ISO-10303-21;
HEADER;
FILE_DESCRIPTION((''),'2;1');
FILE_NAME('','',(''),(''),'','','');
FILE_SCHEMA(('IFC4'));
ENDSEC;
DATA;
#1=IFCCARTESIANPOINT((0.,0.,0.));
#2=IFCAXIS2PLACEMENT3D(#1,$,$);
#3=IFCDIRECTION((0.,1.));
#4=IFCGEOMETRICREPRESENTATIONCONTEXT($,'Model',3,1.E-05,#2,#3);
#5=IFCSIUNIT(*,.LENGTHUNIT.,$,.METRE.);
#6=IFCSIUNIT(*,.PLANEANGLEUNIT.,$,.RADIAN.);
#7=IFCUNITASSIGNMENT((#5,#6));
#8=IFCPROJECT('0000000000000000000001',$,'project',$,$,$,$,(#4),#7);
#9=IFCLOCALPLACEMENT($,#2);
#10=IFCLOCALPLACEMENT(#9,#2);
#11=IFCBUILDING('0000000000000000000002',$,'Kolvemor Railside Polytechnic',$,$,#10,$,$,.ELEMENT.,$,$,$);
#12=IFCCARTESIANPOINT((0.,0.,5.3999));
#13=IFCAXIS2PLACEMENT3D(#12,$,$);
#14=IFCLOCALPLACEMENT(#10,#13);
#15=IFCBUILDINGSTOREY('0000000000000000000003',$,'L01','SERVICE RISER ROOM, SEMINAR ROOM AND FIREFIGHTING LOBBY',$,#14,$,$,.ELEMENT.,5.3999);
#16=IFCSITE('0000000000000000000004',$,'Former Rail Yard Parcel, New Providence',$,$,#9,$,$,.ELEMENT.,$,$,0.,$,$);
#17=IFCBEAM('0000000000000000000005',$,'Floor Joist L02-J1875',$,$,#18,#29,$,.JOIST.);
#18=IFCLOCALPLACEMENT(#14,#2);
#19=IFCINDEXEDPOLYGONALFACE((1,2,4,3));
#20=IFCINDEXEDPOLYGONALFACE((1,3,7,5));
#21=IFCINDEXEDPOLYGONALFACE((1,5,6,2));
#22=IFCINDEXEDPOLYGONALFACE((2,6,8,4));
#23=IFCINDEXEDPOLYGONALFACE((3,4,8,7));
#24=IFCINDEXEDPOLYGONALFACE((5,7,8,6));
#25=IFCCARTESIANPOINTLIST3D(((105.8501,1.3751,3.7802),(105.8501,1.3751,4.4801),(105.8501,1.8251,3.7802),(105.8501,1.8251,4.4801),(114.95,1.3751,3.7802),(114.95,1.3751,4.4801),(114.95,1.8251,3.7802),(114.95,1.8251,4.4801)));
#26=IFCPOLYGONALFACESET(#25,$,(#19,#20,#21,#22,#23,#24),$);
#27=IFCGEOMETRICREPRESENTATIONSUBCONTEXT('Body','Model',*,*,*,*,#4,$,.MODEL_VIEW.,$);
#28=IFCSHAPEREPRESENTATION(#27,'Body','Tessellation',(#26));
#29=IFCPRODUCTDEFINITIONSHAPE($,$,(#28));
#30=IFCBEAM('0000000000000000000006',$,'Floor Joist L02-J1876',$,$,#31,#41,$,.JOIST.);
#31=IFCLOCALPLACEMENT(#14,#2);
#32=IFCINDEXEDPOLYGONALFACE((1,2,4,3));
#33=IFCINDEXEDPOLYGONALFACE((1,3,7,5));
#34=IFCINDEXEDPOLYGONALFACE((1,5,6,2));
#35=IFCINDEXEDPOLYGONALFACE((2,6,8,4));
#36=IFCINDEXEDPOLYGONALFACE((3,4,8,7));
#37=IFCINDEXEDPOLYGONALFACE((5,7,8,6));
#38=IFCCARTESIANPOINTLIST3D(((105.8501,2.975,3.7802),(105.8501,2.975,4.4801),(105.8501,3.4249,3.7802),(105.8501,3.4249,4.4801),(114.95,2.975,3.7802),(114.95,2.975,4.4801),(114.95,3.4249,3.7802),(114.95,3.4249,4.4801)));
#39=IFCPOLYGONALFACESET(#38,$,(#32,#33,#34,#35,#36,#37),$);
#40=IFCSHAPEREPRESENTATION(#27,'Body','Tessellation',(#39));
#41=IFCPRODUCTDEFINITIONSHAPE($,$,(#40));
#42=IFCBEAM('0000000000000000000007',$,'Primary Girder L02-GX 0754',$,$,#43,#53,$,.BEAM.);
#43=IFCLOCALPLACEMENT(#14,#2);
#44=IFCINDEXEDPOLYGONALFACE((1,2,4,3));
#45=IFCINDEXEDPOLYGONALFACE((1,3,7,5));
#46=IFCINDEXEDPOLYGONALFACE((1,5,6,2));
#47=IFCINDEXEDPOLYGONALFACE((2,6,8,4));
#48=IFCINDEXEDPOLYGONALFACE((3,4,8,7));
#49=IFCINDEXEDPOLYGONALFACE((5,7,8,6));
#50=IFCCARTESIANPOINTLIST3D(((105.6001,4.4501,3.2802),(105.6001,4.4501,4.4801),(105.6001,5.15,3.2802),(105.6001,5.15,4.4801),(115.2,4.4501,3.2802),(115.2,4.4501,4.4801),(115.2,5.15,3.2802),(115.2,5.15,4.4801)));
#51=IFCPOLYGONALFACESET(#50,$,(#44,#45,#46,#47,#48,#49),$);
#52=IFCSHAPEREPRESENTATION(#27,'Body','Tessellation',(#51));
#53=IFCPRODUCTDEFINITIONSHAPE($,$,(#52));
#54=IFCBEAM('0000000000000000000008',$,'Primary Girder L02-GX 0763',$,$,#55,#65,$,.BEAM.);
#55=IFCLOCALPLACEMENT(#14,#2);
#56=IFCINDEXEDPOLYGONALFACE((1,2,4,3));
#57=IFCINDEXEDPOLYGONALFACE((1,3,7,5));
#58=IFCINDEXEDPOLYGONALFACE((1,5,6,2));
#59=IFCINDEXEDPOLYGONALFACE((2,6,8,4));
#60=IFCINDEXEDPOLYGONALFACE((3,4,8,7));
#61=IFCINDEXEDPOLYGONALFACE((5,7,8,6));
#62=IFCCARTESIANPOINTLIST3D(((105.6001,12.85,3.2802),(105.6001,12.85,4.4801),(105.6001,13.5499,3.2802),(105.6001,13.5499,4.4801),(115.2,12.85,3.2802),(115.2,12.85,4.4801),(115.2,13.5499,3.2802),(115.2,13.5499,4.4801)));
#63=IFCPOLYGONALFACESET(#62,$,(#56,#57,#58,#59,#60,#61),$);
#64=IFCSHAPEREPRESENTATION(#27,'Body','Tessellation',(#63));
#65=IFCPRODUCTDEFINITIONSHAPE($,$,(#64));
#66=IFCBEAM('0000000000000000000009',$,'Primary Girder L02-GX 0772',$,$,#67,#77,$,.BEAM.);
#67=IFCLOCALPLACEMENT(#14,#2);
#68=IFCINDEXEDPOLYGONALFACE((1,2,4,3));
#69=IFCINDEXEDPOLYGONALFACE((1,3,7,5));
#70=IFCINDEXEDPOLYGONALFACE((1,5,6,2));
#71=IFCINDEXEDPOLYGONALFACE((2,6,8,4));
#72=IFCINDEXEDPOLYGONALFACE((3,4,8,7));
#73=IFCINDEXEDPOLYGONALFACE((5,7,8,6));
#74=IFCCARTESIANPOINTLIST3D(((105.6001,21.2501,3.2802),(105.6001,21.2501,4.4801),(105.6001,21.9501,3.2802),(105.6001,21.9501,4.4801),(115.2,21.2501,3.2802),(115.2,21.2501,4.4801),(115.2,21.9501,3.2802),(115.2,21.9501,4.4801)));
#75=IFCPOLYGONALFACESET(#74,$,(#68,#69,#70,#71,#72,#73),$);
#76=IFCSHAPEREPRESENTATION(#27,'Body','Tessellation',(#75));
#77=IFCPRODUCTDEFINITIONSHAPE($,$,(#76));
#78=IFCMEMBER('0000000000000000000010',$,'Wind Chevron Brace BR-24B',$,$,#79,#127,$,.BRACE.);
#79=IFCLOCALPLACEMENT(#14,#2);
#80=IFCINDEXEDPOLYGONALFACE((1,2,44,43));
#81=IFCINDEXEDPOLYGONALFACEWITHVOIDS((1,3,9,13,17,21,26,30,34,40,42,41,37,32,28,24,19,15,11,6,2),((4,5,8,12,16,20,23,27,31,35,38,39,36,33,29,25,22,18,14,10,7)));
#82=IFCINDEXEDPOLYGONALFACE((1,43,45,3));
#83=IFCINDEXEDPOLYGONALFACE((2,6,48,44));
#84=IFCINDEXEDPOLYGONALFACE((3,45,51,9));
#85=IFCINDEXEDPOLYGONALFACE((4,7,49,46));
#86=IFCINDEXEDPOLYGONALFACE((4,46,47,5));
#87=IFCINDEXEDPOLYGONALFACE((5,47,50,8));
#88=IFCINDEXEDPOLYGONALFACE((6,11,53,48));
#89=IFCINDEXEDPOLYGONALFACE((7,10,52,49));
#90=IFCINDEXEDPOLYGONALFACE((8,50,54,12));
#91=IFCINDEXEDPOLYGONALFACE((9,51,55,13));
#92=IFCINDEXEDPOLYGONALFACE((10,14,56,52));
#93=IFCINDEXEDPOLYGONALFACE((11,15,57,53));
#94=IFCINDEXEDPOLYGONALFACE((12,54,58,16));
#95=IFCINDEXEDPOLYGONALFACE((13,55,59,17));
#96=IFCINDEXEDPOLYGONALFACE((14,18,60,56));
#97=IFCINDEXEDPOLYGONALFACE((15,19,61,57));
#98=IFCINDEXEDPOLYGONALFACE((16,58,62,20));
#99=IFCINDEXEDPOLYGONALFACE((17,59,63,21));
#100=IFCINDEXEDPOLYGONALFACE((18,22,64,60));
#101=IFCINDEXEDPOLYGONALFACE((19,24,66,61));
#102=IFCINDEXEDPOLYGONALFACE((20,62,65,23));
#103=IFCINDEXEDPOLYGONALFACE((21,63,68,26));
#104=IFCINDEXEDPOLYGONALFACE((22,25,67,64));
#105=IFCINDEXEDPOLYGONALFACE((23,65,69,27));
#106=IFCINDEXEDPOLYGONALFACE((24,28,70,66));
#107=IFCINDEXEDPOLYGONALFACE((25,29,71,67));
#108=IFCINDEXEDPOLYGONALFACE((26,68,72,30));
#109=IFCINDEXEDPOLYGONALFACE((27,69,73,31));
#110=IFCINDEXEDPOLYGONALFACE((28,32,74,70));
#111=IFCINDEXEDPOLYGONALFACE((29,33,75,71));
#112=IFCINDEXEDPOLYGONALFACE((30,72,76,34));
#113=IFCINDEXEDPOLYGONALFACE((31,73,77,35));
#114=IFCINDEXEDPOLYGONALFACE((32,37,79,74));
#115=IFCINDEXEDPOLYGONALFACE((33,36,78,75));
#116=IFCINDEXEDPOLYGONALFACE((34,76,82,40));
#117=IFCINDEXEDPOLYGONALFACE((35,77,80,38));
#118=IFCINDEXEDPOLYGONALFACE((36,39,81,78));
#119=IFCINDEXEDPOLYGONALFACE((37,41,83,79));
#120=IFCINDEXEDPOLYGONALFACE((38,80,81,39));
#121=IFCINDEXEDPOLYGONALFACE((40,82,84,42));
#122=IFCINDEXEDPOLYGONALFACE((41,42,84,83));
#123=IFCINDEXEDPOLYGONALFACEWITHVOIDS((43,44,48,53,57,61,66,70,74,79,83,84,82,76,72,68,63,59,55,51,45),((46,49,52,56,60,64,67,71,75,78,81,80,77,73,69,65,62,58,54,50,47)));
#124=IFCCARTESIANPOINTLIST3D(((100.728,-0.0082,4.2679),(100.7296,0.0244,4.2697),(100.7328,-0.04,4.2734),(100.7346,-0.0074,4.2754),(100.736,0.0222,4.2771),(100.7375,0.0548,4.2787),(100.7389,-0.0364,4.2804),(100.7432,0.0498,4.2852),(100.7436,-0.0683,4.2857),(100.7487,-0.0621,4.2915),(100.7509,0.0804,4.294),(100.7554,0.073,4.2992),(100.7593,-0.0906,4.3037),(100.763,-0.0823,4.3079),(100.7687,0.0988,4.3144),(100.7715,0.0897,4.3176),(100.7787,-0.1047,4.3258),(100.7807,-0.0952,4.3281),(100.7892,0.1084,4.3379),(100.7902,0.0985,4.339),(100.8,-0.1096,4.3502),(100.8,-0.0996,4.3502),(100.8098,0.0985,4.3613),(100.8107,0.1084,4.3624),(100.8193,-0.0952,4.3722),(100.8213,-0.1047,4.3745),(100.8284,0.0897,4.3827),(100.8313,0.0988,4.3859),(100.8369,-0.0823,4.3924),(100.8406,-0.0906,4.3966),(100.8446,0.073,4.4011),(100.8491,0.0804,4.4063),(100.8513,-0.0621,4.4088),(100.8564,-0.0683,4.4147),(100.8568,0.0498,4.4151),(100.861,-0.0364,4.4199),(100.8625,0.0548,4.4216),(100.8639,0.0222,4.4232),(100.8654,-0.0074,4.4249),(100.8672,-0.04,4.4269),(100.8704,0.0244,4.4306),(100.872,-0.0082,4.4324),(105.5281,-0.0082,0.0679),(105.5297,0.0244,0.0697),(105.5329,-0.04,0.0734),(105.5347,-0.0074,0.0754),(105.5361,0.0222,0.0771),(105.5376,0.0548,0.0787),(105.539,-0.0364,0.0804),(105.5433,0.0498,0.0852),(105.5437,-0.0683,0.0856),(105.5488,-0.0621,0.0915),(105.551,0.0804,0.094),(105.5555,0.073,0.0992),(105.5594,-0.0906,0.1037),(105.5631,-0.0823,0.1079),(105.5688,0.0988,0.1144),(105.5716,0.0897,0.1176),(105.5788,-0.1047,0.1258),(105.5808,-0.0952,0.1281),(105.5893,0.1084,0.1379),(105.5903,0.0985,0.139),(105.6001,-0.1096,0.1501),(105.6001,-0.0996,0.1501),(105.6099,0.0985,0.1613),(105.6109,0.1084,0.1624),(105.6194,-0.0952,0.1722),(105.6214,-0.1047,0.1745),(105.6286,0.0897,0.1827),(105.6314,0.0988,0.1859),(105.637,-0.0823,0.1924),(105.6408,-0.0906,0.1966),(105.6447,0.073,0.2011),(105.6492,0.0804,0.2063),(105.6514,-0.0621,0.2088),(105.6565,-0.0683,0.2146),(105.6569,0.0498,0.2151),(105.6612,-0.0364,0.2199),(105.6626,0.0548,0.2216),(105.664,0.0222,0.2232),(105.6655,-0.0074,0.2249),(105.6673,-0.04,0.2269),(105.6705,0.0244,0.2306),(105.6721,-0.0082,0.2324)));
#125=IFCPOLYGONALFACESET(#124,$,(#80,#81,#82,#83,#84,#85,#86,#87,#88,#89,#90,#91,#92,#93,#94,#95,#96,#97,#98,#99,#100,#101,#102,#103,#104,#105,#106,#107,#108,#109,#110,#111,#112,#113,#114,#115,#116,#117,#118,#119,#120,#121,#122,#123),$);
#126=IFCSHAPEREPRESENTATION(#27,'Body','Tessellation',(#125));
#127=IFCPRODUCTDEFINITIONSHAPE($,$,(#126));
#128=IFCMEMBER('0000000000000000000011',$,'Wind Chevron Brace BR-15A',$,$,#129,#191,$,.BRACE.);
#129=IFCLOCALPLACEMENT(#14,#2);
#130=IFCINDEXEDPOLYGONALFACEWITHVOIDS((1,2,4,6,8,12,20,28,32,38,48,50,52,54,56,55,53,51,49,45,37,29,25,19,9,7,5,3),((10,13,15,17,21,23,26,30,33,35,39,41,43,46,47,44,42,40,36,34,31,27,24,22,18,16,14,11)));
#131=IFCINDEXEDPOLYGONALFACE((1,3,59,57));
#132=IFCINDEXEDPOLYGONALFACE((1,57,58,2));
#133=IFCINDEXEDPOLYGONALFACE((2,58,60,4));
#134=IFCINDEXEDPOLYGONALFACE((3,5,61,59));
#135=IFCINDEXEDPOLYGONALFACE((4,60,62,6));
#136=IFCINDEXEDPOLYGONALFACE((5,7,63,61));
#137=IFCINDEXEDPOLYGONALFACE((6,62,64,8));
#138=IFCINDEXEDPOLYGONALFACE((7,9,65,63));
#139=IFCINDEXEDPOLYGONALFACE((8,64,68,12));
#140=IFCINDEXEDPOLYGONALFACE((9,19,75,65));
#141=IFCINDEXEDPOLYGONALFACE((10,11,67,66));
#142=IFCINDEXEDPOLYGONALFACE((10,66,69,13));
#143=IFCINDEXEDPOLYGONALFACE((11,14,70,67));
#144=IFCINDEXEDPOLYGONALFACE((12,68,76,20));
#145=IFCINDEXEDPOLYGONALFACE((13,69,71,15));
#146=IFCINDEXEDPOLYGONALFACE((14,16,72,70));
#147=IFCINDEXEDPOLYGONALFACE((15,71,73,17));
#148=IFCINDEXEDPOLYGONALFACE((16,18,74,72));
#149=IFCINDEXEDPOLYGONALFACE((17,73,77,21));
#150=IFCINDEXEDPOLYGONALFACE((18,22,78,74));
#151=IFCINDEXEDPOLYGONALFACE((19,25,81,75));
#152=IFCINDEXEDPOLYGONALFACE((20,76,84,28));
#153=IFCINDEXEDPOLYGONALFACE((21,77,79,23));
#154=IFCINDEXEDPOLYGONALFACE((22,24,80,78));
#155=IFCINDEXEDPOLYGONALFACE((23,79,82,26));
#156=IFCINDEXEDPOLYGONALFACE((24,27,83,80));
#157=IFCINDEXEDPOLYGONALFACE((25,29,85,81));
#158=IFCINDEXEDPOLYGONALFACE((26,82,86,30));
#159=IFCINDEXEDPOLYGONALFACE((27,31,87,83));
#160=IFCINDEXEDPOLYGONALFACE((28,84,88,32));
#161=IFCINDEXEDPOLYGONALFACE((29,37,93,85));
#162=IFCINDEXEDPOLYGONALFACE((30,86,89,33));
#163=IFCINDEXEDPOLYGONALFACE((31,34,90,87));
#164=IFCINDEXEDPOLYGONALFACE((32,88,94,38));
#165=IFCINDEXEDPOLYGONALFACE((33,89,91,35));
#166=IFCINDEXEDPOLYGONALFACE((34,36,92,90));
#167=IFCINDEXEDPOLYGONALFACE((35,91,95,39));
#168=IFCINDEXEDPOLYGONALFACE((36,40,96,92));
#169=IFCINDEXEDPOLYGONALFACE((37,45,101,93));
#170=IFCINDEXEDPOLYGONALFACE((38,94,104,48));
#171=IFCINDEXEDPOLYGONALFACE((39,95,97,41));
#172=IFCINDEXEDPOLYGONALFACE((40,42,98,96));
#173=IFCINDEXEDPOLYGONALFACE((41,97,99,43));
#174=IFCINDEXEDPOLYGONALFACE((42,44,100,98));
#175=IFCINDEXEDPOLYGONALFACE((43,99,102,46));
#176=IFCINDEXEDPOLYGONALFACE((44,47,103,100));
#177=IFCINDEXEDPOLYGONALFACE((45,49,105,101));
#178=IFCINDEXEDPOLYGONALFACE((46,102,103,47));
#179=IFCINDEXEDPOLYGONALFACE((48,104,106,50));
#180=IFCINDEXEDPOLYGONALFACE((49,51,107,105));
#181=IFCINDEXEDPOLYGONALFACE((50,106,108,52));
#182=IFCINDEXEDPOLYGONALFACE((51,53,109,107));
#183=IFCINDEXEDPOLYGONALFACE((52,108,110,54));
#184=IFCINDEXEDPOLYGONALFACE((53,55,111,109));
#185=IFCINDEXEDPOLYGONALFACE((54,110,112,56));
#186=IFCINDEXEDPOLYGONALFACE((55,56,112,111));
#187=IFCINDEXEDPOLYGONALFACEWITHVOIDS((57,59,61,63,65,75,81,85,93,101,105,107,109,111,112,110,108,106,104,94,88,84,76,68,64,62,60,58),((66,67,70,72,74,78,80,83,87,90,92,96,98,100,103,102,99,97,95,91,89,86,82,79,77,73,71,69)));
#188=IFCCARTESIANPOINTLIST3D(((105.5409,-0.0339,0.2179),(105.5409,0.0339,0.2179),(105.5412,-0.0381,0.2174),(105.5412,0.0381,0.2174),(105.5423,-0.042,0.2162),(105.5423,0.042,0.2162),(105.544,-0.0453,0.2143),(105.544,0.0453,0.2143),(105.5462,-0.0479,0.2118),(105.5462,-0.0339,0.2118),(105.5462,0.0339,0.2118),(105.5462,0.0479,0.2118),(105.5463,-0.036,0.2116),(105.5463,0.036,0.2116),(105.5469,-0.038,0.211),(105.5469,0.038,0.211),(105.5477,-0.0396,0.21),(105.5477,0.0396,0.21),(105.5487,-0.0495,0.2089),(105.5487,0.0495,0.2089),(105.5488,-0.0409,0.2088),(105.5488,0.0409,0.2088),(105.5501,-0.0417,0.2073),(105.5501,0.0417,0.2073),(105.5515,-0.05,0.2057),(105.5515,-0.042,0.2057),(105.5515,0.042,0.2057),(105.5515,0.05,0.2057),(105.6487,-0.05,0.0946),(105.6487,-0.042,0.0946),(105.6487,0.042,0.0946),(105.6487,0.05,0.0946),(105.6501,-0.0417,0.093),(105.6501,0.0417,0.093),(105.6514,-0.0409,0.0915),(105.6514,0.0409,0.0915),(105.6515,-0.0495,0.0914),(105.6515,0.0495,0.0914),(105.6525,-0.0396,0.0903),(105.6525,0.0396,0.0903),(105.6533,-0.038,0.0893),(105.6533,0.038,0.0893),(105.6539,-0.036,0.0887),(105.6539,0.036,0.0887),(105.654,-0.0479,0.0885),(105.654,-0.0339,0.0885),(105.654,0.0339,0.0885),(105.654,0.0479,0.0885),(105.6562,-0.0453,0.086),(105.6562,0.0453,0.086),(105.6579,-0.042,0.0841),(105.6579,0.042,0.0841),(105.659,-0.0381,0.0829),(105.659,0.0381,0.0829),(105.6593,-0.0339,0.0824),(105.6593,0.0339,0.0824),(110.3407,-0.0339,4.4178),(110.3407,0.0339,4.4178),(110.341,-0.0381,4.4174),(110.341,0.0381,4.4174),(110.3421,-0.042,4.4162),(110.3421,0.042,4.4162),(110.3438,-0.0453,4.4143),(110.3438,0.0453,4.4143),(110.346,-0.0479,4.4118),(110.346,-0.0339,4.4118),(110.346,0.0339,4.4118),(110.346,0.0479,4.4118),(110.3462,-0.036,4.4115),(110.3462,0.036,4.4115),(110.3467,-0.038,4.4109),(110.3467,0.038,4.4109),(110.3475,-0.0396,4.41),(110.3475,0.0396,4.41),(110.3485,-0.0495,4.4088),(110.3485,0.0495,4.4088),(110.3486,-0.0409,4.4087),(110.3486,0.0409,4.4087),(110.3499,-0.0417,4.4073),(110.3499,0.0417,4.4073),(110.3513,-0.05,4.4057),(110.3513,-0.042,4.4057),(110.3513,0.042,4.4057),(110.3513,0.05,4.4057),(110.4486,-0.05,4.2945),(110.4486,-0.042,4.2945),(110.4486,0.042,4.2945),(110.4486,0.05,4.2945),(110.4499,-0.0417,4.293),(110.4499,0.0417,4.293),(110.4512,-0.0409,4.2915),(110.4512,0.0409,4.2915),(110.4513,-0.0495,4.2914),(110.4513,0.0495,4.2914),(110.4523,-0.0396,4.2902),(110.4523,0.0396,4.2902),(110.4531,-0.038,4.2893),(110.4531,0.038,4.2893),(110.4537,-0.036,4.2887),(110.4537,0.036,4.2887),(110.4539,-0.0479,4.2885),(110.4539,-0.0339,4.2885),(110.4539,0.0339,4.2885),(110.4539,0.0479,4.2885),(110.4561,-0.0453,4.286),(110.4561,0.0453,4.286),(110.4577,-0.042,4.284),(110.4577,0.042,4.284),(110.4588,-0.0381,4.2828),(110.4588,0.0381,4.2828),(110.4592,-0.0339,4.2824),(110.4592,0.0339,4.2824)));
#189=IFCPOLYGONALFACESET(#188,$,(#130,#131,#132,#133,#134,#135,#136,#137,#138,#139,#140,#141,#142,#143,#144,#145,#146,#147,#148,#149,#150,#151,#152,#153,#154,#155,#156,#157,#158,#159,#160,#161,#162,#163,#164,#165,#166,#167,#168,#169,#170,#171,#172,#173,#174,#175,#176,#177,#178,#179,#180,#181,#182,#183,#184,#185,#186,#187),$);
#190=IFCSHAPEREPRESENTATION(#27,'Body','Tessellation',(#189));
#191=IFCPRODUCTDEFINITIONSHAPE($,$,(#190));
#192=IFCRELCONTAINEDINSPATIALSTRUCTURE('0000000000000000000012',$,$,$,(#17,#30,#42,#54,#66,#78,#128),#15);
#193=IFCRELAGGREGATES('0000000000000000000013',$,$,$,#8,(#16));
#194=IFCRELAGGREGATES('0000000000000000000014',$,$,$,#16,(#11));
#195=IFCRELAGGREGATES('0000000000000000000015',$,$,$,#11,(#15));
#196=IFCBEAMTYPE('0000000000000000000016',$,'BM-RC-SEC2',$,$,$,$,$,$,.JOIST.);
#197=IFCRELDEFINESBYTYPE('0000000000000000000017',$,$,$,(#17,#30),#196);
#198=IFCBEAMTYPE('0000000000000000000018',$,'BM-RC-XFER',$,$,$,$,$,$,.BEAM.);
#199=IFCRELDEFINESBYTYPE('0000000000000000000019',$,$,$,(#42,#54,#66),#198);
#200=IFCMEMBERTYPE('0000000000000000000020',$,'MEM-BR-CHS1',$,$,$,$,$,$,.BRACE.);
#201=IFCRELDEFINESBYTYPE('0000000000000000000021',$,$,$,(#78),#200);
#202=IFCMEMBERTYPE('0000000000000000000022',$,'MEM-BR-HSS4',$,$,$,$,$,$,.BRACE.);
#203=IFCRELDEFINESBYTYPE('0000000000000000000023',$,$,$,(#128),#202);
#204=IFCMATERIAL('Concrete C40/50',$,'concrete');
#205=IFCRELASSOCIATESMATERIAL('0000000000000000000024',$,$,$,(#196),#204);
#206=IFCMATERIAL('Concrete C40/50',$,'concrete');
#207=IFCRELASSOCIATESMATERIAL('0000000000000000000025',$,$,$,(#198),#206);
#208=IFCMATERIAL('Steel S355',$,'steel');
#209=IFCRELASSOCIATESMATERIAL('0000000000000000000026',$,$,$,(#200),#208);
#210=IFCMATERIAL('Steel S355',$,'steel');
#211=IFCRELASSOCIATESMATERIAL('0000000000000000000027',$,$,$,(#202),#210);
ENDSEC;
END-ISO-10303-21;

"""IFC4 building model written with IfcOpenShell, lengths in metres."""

from ifc_helpers import new_model, si_unit, direction, frame, origin, origin_2d, place, context, subcontext, project, spatial, rectangle, hollow_rectangle, hollow_circle, extrude, material, material_profile, profile_set, type_object, element, save


model = new_model("IFC4")

# Units and contexts
model_context = context("Model", 3, precision=1e-05, world=origin(), true_north=direction((0.0, 1.0)))
body_context = subcontext(model_context, "Body", "Model", "MODEL_VIEW")
ifc_project = project(units=[si_unit("LENGTHUNIT", "METRE"), si_unit("PLANEANGLEUNIT", "RADIAN")], contexts=[model_context])

# Site, building, storey
site_placement = place(None, origin())
site = spatial("IfcSite", under=ifc_project, at=site_placement, Name="Former Rail Yard Parcel, New Providence", CompositionType="ELEMENT", RefElevation=0.0)
building_placement = place(site_placement, origin())
building = spatial("IfcBuilding", under=site, at=building_placement, Name="Kolvemor Railside Polytechnic", CompositionType="ELEMENT")
storey_placement = place(building_placement, frame((0.0, 0.0, 5.3999)))
storey = spatial("IfcBuildingStorey", under=building, at=storey_placement, Name="L01", Description="SERVICE RISER ROOM, SEMINAR ROOM AND FIREFIGHTING LOBBY", CompositionType="ELEMENT", Elevation=5.3999)

# Beams
ifc_material_1 = material(Name="Concrete C40/50", Category="concrete")
ifc_material_profile_1 = material_profile(ifc_material_1, rectangle(XDim=0.45, YDim=0.7, at=origin_2d()), Name="RC450x700")
ifc_profile_set_1 = profile_set([ifc_material_profile_1], Name="Concrete C40/50")
beam_type_1 = type_object("IfcBeamType", Name="BM-RC-SEC2", PredefinedType="JOIST", material=ifc_profile_set_1)
for number, where, z_axis, x_axis, name in (
    (1, (105.8501, 1.6001, 4.1301), (1.0, 0.0, 0.0), (0.0, 1.0, 0.0), "Floor Joist L02-J1875"),
    (2, (105.8501, 3.2, 4.1301), (1.0, 0.0, 0.0), (0.0, 1.0, 0.0), "Floor Joist L02-J1876"),
):
    element("IfcBeam", number, at=place(storey_placement, frame(where, z_axis=z_axis, x_axis=x_axis)), inside=storey, type_object=beam_type_1, Name=name, PredefinedType="JOIST", context=body_context, shape_type="SweptSolid", body=[
        extrude(rectangle(XDim=0.45, YDim=0.7, at=origin_2d()), origin(), (0.0, 0.0, 1.0), 9.0999),
    ])
ifc_material_2 = material(Name="Concrete C40/50", Category="concrete")
ifc_material_profile_2 = material_profile(ifc_material_2, rectangle(XDim=0.7, YDim=1.2, at=origin_2d()), Name="RC700x1200")
ifc_profile_set_2 = profile_set([ifc_material_profile_2], Name="Concrete C40/50")
beam_type_2 = type_object("IfcBeamType", Name="BM-RC-XFER", PredefinedType="BEAM", material=ifc_profile_set_2)
for number, where, z_axis, x_axis, name in (
    (3, (105.6001, 4.8, 3.8801), (1.0, 0.0, 0.0), (0.0, 1.0, 0.0), "Primary Girder L02-GX 0754"),
    (4, (105.6001, 13.2, 3.8801), (1.0, 0.0, 0.0), (0.0, 1.0, 0.0), "Primary Girder L02-GX 0763"),
    (5, (105.6001, 21.6001, 3.8801), (1.0, 0.0, 0.0), (0.0, 1.0, 0.0), "Primary Girder L02-GX 0772"),
):
    element("IfcBeam", number, at=place(storey_placement, frame(where, z_axis=z_axis, x_axis=x_axis)), inside=storey, type_object=beam_type_2, Name=name, PredefinedType="BEAM", context=body_context, shape_type="SweptSolid", body=[
        extrude(rectangle(XDim=0.7, YDim=1.2, at=origin_2d()), origin(), (0.0, 0.0, 1.0), 9.5999),
    ])

# Members
ifc_material_3 = material(Name="Steel S355", Category="steel")
ifc_material_profile_3 = material_profile(ifc_material_3, hollow_circle(Radius=0.1096, WallThickness=0.01, at=origin_2d()), Name="CHS219.1x10")
ifc_profile_set_3 = profile_set([ifc_material_profile_3], Name="Steel S355")
member_type_1 = type_object("IfcMemberType", Name="MEM-BR-CHS1", PredefinedType="BRACE", material=ifc_profile_set_3)
member_1_placement = place(storey_placement, frame((105.6001, 0.0, 0.1501), z_axis=(-0.752584, 0.0, 0.658496), x_axis=(0.0, -1.0, 0.0)))
element("IfcMember", 6, at=member_1_placement, inside=storey, type_object=member_type_1, Name="Wind Chevron Brace BR-24B", PredefinedType="BRACE", context=body_context, shape_type="SweptSolid", body=[
    extrude(hollow_circle(Radius=0.1096, WallThickness=0.01, at=origin_2d()), origin(), (0.0, 0.0, 1.0), 6.3782),
])
ifc_material_4 = material(Name="Steel S355", Category="steel")
ifc_material_profile_4 = material_profile(ifc_material_4, hollow_rectangle(XDim=0.1001, YDim=0.1799, WallThickness=0.0081, InnerFilletRadius=0.0081, OuterFilletRadius=0.0161, at=origin_2d()), Name="HSS180x100x8")
ifc_profile_set_4 = profile_set([ifc_material_profile_4], Name="Steel S355")
member_type_2 = type_object("IfcMemberType", Name="MEM-BR-HSS4", PredefinedType="BRACE", material=ifc_profile_set_4)
member_2_placement = place(storey_placement, frame((105.6001, 0.0, 0.1501), z_axis=(0.752567, 0.0, 0.658515), x_axis=(0.0, 1.0, 0.0)))
element("IfcMember", 7, at=member_2_placement, inside=storey, type_object=member_type_2, Name="Wind Chevron Brace BR-15A", PredefinedType="BRACE", context=body_context, shape_type="SweptSolid", body=[
    extrude(hollow_rectangle(XDim=0.1001, YDim=0.1799, WallThickness=0.0081, InnerFilletRadius=0.0081, OuterFilletRadius=0.0161, at=origin_2d()), origin(), (0.0, 0.0, 1.0), 6.3779),
])

save(model, "model.ifc")
